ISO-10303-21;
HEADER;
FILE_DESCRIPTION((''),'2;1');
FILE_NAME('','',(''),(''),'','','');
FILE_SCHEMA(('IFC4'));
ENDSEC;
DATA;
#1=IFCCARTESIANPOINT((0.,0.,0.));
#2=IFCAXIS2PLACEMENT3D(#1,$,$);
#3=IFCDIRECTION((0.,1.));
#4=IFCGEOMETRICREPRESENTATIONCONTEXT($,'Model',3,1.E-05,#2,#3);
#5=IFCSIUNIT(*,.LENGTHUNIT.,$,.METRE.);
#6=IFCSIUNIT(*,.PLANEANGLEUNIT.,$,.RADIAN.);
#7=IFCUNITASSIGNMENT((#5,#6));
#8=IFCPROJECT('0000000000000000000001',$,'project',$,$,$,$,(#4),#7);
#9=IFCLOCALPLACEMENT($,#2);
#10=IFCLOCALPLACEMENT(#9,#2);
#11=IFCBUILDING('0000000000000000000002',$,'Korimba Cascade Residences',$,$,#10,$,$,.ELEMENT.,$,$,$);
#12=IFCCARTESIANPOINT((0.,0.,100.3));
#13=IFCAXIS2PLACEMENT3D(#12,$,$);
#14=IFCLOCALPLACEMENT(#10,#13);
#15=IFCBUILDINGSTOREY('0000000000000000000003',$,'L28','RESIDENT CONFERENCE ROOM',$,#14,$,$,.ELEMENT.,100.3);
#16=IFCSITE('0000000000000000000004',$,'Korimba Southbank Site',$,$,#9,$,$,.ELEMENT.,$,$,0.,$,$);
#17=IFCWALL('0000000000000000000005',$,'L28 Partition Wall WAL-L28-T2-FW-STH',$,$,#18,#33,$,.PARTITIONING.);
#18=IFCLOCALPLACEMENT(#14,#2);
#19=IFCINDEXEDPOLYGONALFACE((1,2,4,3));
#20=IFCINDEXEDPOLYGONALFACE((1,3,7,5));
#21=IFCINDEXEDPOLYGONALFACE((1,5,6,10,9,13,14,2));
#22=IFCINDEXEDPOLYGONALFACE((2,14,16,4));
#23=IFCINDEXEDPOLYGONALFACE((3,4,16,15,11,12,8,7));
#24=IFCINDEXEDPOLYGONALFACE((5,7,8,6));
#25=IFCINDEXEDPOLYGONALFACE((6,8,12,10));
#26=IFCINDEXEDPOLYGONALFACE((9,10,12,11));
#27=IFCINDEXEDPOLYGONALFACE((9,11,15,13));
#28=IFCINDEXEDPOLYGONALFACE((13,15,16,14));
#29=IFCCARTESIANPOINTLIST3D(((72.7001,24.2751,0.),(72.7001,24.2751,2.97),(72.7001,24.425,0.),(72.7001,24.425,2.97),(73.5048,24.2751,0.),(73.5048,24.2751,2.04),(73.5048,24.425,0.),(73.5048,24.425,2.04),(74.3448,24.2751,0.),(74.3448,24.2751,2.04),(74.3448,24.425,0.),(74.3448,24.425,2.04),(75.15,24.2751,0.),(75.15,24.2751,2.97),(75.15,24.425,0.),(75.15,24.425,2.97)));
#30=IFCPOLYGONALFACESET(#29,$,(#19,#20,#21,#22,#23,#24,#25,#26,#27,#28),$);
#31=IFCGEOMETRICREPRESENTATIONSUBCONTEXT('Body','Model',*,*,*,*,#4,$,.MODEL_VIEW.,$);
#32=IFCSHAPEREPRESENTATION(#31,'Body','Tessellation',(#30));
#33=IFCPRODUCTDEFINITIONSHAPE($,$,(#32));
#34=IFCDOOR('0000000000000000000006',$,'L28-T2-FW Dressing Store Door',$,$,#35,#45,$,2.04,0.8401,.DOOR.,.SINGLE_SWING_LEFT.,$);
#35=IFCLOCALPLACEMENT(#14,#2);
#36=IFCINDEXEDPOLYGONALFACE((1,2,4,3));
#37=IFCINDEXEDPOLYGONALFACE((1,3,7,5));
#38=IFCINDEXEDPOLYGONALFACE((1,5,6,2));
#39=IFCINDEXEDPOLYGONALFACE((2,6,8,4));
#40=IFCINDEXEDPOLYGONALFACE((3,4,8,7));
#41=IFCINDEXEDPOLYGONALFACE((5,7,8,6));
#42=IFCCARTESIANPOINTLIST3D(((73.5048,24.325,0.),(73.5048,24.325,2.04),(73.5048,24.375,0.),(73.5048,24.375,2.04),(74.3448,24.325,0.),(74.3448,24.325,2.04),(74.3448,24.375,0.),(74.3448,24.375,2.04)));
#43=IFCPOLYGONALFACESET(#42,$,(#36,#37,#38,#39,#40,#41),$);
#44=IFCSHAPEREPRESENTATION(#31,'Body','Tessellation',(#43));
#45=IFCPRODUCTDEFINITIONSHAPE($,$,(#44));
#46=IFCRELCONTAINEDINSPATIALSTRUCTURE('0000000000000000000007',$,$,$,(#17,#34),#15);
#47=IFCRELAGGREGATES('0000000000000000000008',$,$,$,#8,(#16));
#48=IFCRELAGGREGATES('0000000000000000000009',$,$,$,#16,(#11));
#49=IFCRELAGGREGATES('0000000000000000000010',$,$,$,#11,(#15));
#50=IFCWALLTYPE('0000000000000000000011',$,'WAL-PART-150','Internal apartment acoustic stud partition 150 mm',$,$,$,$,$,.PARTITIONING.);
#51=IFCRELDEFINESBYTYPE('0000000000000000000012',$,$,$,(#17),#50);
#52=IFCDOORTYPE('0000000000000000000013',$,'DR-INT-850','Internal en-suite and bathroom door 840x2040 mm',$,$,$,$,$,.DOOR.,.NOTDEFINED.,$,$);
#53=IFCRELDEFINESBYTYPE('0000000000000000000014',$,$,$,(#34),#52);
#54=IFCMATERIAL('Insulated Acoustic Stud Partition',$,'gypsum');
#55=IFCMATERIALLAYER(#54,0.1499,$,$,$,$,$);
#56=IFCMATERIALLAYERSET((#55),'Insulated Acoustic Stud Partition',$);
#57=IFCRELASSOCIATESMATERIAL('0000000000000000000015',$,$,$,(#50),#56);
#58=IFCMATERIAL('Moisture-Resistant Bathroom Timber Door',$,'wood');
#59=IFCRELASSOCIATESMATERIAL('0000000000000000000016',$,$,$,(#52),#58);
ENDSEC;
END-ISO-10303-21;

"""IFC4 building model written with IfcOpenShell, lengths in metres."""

from ifc_helpers import new_model, si_unit, direction, frame, frame_2d, origin, place, context, subcontext, project, spatial, rectangle, extrude, material, layer, layer_set, type_object, element, fill, save


model = new_model("IFC4")

# Units and contexts
model_context = context("Model", 3, precision=1e-05, world=origin(), true_north=direction((0.0, 1.0)))
body_context = subcontext(model_context, "Body", "Model", "MODEL_VIEW")
ifc_project = project(units=[si_unit("LENGTHUNIT", "METRE"), si_unit("PLANEANGLEUNIT", "RADIAN")], contexts=[model_context])

# Site, building, storey
site_placement = place(None, origin())
site = spatial("IfcSite", under=ifc_project, at=site_placement, Name="Korimba Southbank Site", CompositionType="ELEMENT", RefElevation=0.0)
building_placement = place(site_placement, origin())
building = spatial("IfcBuilding", under=site, at=building_placement, Name="Korimba Cascade Residences", CompositionType="ELEMENT")
storey_placement = place(building_placement, frame((0.0, 0.0, 100.3)))
storey = spatial("IfcBuildingStorey", under=building, at=storey_placement, Name="L28", Description="RESIDENT CONFERENCE ROOM", CompositionType="ELEMENT", Elevation=100.3)

# Shared definitions
ifc_material_1 = material(Name="Insulated Acoustic Stud Partition", Category="gypsum")
ifc_layer_1 = layer(ifc_material_1, 0.1499)
ifc_layer_set_1 = layer_set([ifc_layer_1], Name="Insulated Acoustic Stud Partition")
wall_type_1 = type_object("IfcWallType", Name="WAL-PART-150", Description="Internal apartment acoustic stud partition 150 mm", PredefinedType="PARTITIONING", material=ifc_layer_set_1)

# Wall, opening, door
wall_1_placement = place(storey_placement, frame((72.7, 24.3501, 0.0), z_axis=(0.0, 0.0, 1.0), x_axis=(1.0, 0.0, 0.0)))
wall_1 = element("IfcWall", 1, at=wall_1_placement, inside=storey, type_object=wall_type_1, Name="L28 Partition Wall WAL-L28-T2-FW-STH", PredefinedType="PARTITIONING", context=body_context, shape_type="SweptSolid", body=[
    extrude(rectangle(XDim=2.45, YDim=0.1499, at=frame_2d((1.2251, 0.0))), origin(), (0.0, 0.0, 1.0), 2.97),
])
opening_1_placement = place(wall_1_placement, frame((0.8049, 0.0, 0.0)))
opening_1 = element("IfcOpeningElement", 2, at=opening_1_placement, cuts=wall_1, PredefinedType="OPENING", context=body_context, shape_type="SweptSolid", body=[
    extrude(rectangle(XDim=0.8401, YDim=2.04, at=frame_2d((0.4199, 1.02))), frame((0.0, 0.085, 0.0), z_axis=(0.0, -1.0, 0.0), x_axis=(1.0, 0.0, 0.0)), (0.0, 0.0, 1.0), 0.1699),
])
ifc_material_2 = material(Name="Moisture-Resistant Bathroom Timber Door", Category="wood")
door_type_1 = type_object("IfcDoorType", Name="DR-INT-850", Description="Internal en-suite and bathroom door 840x2040 mm", OperationType="NOTDEFINED", PredefinedType="DOOR", material=ifc_material_2)
door_1_placement = place(opening_1_placement, origin())
door_1 = element("IfcDoor", 3, at=door_1_placement, inside=storey, type_object=door_type_1, Name="L28-T2-FW Dressing Store Door", OperationType="SINGLE_SWING_LEFT", OverallHeight=2.04, OverallWidth=0.8401, PredefinedType="DOOR", context=body_context, shape_type="SweptSolid", body=[
    extrude(rectangle(XDim=0.8401, YDim=2.04, at=frame_2d((0.4199, 1.02))), frame((0.0, 0.0249, 0.0), z_axis=(0.0, -1.0, 0.0), x_axis=(1.0, 0.0, 0.0)), (0.0, 0.0, 1.0), 0.05),
])
fill(opening_1, door_1)

save(model, "model.ifc")
